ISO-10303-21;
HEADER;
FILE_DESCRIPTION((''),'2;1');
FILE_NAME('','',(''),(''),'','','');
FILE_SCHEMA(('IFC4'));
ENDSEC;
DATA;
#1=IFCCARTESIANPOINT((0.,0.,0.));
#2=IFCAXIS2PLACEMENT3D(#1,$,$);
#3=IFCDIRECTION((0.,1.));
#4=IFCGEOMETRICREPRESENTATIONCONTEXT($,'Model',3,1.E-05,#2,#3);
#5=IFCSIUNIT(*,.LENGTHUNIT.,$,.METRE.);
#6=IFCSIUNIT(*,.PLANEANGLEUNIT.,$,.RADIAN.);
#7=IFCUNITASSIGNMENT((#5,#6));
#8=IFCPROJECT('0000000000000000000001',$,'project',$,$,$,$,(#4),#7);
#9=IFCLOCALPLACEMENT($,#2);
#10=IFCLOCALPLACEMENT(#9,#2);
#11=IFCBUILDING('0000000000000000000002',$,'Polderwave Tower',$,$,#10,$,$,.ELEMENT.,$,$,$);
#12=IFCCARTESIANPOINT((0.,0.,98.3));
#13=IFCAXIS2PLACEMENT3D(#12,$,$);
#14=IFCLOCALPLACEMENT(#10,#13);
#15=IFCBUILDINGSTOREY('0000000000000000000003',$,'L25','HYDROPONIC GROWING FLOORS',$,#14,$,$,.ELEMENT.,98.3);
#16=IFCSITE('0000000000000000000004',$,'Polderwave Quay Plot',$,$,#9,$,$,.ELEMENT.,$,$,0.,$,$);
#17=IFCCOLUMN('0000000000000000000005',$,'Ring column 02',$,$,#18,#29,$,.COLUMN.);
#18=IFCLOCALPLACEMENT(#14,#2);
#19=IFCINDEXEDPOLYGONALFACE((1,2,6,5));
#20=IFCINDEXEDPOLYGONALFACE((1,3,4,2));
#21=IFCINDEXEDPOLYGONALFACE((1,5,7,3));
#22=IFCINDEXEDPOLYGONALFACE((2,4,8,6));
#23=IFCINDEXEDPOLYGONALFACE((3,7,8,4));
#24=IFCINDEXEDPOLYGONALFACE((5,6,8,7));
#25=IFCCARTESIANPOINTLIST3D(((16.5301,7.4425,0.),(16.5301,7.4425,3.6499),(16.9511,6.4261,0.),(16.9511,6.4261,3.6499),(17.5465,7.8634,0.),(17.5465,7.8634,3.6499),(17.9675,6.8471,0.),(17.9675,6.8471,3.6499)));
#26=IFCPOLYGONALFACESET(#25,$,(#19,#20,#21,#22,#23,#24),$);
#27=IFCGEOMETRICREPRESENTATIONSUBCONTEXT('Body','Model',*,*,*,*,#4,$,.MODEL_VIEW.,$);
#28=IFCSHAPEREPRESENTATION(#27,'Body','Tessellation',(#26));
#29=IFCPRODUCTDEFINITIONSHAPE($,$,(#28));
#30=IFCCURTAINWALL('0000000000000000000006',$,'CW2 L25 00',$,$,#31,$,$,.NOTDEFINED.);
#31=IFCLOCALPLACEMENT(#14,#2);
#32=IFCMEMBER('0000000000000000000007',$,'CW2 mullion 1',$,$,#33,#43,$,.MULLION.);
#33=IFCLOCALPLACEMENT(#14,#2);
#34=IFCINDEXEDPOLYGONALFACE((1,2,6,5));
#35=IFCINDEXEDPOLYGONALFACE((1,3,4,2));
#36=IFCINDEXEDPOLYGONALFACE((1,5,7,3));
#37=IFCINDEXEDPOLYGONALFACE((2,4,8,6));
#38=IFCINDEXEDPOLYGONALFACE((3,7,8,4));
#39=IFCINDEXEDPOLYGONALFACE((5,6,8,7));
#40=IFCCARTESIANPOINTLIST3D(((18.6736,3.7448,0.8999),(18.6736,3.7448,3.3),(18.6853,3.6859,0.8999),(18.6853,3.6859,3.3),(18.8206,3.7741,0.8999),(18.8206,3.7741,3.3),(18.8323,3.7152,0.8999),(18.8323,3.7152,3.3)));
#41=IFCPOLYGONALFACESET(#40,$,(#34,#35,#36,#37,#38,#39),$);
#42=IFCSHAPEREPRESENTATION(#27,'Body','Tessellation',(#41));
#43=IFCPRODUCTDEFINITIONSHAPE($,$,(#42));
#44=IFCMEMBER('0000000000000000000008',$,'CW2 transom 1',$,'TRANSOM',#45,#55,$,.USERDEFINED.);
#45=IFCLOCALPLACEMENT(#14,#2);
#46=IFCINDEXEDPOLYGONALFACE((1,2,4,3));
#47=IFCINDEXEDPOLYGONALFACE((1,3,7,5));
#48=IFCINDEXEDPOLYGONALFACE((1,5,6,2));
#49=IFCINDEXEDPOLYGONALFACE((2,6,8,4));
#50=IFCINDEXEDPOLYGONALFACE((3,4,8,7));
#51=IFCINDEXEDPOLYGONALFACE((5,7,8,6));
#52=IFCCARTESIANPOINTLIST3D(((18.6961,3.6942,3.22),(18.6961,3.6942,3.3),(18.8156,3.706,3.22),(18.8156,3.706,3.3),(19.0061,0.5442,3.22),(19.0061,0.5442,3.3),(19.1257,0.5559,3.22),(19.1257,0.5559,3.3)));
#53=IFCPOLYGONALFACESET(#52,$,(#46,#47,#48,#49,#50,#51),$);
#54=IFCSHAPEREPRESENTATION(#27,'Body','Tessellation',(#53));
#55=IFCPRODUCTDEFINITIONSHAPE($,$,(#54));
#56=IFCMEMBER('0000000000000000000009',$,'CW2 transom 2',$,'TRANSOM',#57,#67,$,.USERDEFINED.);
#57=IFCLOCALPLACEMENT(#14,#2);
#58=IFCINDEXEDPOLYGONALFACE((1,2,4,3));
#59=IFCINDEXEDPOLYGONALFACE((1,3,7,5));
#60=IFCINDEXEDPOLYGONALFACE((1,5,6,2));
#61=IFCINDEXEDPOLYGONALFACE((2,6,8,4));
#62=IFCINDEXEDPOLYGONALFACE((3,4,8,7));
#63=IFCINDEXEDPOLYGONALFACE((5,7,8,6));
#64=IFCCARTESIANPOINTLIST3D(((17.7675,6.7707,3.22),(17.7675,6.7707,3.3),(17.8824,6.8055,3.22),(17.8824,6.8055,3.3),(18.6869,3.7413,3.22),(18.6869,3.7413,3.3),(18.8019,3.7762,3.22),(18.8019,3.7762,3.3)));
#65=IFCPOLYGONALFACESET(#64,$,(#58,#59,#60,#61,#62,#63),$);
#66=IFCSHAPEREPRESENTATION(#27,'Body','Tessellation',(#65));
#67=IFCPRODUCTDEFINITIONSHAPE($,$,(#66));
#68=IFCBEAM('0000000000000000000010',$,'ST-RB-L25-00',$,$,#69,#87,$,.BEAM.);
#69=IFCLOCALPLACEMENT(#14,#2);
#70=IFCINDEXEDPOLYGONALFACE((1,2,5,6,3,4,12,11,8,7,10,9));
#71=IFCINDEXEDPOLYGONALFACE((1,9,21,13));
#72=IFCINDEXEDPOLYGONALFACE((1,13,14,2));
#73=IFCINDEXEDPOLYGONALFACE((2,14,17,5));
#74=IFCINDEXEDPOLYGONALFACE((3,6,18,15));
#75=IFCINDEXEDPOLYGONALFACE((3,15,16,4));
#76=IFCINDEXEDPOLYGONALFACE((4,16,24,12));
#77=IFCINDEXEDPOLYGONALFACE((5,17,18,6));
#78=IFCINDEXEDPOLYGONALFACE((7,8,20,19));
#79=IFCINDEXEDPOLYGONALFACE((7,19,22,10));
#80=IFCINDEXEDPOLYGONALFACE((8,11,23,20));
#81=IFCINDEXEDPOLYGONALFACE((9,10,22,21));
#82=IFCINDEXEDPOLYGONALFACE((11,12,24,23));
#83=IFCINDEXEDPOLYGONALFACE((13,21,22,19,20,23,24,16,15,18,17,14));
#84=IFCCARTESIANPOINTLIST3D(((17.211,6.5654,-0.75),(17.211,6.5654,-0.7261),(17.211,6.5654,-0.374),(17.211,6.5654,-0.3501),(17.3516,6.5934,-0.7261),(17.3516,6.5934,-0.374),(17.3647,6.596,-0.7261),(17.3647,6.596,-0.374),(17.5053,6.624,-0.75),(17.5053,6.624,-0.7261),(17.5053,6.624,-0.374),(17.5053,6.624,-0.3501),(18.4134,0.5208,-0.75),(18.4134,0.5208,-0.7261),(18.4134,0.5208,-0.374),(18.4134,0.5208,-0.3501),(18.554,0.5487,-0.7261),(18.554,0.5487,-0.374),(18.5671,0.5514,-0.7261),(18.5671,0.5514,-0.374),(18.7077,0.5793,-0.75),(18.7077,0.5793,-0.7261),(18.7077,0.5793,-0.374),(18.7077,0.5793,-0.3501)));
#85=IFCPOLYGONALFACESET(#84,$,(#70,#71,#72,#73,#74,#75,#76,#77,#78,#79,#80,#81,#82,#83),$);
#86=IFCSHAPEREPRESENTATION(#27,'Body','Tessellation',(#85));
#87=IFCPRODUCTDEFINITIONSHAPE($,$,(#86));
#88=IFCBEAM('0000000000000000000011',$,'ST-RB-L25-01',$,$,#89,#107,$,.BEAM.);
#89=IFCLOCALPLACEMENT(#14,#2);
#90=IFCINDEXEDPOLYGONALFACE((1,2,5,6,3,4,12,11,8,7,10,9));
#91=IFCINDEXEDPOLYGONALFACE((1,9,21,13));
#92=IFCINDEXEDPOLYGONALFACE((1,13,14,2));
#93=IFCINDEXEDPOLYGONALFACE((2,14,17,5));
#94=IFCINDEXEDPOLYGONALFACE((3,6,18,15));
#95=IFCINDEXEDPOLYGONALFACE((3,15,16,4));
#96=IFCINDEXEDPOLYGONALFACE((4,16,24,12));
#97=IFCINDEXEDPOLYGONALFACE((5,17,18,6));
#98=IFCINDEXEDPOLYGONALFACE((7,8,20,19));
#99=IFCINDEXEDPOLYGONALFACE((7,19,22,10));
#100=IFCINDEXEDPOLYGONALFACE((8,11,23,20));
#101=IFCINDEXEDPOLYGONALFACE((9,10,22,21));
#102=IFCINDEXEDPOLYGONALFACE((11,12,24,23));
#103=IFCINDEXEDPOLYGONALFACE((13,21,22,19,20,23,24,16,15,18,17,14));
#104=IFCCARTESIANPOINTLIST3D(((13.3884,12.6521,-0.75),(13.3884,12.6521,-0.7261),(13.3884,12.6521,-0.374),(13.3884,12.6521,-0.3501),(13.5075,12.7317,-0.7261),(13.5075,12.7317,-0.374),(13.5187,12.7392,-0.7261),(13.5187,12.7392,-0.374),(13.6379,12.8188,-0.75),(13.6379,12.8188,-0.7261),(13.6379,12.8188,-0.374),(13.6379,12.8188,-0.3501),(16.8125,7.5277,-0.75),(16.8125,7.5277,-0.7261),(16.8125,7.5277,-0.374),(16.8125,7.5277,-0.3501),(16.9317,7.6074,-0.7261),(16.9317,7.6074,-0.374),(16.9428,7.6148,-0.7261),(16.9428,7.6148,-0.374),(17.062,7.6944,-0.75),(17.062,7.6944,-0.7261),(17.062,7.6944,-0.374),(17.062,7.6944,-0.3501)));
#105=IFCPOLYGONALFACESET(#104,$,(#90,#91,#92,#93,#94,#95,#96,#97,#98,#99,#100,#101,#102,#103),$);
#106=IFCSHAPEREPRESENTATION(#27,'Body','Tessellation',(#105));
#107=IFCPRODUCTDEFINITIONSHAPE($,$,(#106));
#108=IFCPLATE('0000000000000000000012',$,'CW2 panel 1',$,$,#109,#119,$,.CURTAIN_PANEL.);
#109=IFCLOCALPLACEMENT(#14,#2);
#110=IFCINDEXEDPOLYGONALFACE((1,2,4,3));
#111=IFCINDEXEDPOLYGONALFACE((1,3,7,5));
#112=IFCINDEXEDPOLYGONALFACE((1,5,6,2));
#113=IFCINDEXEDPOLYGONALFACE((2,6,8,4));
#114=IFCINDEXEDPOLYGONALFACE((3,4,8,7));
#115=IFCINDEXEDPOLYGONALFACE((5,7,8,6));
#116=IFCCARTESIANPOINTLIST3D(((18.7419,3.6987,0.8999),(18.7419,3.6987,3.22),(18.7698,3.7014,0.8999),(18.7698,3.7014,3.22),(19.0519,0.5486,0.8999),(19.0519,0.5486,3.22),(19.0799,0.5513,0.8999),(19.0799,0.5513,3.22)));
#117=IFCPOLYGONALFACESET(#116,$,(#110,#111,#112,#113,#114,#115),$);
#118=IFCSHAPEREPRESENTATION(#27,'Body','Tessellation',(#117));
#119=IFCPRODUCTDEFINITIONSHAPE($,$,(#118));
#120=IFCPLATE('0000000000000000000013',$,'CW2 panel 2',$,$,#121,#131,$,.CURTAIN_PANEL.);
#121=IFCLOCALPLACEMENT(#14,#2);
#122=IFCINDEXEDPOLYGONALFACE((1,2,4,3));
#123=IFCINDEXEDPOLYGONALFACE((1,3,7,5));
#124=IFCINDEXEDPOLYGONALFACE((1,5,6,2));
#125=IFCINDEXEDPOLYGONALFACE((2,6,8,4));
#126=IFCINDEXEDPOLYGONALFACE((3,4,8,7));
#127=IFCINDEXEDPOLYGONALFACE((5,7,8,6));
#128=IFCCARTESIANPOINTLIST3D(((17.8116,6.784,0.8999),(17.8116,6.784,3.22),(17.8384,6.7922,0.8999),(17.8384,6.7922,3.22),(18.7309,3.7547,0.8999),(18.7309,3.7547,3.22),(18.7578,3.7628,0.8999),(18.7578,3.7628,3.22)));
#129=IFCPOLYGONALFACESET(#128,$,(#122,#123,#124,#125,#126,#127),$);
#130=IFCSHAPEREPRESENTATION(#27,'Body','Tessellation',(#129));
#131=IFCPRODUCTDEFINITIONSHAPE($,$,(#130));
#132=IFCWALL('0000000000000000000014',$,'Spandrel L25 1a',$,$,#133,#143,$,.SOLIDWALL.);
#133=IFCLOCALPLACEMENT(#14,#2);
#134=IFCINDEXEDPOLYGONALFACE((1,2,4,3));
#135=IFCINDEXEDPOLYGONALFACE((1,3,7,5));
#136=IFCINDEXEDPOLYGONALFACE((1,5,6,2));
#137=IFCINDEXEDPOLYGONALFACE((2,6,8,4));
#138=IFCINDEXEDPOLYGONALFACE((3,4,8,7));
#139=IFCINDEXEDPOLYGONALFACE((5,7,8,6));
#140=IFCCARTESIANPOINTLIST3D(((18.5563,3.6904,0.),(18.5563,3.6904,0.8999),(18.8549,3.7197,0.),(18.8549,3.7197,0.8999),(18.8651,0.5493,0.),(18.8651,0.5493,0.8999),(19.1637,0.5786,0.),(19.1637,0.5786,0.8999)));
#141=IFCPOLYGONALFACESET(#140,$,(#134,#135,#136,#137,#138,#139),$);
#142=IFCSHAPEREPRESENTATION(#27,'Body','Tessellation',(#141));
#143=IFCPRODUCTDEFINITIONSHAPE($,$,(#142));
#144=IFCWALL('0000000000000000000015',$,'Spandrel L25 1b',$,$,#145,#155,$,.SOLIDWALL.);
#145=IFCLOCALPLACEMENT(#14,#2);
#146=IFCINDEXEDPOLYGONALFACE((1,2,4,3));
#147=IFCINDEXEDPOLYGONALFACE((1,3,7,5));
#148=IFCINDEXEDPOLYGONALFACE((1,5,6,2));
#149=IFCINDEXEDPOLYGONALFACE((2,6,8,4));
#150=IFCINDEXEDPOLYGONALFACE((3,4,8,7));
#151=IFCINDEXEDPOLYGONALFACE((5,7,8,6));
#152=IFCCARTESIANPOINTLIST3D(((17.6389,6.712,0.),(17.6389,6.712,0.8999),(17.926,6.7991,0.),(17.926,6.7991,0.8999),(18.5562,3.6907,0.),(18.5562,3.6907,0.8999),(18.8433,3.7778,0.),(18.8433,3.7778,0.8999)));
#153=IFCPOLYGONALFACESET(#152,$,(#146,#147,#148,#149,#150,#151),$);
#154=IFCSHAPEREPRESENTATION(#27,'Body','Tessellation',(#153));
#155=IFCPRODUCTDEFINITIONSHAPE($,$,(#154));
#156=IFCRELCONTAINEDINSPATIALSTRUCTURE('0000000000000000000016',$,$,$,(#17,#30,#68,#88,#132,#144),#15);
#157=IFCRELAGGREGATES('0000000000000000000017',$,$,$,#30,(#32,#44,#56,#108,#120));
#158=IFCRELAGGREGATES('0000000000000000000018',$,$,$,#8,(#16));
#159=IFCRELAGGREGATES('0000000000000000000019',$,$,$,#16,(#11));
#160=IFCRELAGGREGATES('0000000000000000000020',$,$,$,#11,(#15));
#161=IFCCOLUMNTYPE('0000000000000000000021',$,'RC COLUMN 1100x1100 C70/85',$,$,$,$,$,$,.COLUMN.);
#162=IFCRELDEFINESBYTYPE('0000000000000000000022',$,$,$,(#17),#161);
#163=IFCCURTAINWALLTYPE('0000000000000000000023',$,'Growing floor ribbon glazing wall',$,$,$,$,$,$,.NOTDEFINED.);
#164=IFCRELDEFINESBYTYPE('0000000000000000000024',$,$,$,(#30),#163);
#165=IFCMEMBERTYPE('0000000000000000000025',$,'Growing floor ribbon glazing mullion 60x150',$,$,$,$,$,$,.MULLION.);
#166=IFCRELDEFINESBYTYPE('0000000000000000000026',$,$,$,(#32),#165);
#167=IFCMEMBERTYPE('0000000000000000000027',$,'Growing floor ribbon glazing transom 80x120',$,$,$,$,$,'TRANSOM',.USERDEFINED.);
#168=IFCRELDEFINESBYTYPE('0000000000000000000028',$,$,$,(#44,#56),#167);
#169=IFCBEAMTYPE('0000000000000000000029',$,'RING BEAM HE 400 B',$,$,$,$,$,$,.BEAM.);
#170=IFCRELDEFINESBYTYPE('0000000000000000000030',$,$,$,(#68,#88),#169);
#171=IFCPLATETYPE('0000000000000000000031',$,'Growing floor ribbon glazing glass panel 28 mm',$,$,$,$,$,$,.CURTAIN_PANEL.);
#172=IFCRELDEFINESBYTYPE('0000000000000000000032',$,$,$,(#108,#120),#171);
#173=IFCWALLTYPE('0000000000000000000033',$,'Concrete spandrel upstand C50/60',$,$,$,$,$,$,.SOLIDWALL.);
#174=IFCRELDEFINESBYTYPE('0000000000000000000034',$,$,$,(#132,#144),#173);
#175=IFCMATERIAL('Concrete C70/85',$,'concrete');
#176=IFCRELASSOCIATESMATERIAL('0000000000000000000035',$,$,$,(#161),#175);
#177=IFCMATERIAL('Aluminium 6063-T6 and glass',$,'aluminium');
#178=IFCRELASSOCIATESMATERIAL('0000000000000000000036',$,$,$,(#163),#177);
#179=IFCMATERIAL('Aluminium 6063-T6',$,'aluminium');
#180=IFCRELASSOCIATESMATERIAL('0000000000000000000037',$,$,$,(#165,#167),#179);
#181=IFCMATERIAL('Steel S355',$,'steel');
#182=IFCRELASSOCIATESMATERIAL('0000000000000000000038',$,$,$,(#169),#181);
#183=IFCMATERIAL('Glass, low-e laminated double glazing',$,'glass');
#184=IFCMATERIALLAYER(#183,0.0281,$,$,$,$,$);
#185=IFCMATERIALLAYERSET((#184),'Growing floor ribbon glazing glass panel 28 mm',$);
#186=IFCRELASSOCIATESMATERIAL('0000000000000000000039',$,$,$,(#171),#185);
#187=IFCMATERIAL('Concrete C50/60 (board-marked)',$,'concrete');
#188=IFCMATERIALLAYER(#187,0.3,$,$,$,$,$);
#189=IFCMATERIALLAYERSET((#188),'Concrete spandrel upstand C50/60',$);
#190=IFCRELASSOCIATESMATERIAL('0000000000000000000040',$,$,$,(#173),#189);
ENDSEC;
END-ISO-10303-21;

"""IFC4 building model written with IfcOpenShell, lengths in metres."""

from ifc_helpers import new_model, si_unit, direction, frame, frame_2d, origin, origin_2d, place, context, subcontext, project, spatial, rectangle, i_section, extrude, material, layer, layer_set, material_profile, profile_set, type_object, element, aggregate, save


model = new_model("IFC4")

# Units and contexts
model_context = context("Model", 3, precision=1e-05, world=origin(), true_north=direction((0.0, 1.0)))
body_context = subcontext(model_context, "Body", "Model", "MODEL_VIEW")
ifc_project = project(units=[si_unit("LENGTHUNIT", "METRE"), si_unit("PLANEANGLEUNIT", "RADIAN")], contexts=[model_context])

# Site, building, storey
site_placement = place(None, origin())
site = spatial("IfcSite", under=ifc_project, at=site_placement, Name="Polderwave Quay Plot", CompositionType="ELEMENT", RefElevation=0.0)
building_placement = place(site_placement, origin())
building = spatial("IfcBuilding", under=site, at=building_placement, Name="Polderwave Tower", CompositionType="ELEMENT")
storey_placement = place(building_placement, frame((0.0, 0.0, 98.3)))
storey = spatial("IfcBuildingStorey", under=building, at=storey_placement, Name="L25", Description="HYDROPONIC GROWING FLOORS", CompositionType="ELEMENT", Elevation=98.3)

# Column
ifc_material_1 = material(Name="Concrete C70/85", Category="concrete")
ifc_material_profile_1 = material_profile(ifc_material_1, rectangle(XDim=1.1001, YDim=1.1001, at=origin_2d()), Name="RC 1100x1100")
ifc_profile_set_1 = profile_set([ifc_material_profile_1], Name="Concrete C70/85")
column_type = type_object("IfcColumnType", Name="RC COLUMN 1100x1100 C70/85", PredefinedType="COLUMN", material=ifc_profile_set_1)
column_placement = place(storey_placement, frame((17.2488, 7.1448, 0.0), z_axis=(0.0, 0.0, 1.0), x_axis=(0.92388, 0.382683, 0.0)))
element("IfcColumn", 1, at=column_placement, inside=storey, type_object=column_type, Name="Ring column 02", PredefinedType="COLUMN", context=body_context, shape_type="SweptSolid", body=[
    extrude(rectangle(XDim=1.1001, YDim=1.1001, at=origin_2d()), origin(), (0.0, 0.0, 1.0), 3.6499),
])

# Curtain wall, members
ifc_material_2 = material(Name="Aluminium 6063-T6 and glass", Category="aluminium")
curtain_wall_type = type_object("IfcCurtainWallType", Name="Growing floor ribbon glazing wall", PredefinedType="NOTDEFINED", material=ifc_material_2)
curtain_wall_placement = place(storey_placement, origin())
curtain_wall = element("IfcCurtainWall", 2, at=curtain_wall_placement, inside=storey, type_object=curtain_wall_type, Name="CW2 L25 00", PredefinedType="NOTDEFINED")
ifc_material_3 = material(Name="Aluminium 6063-T6", Category="aluminium")
ifc_material_profile_2 = material_profile(ifc_material_3, rectangle(XDim=0.1499, YDim=0.0601, at=origin_2d()), Name="AL 60x150")
ifc_profile_set_2 = profile_set([ifc_material_profile_2], Name="Aluminium 6063-T6")
member_type_1 = type_object("IfcMemberType", Name="Growing floor ribbon glazing mullion 60x150", PredefinedType="MULLION", material=ifc_profile_set_2)
member_1_placement = place(storey_placement, frame((18.7529, 3.73, 0.8999), z_axis=(0.0, 0.0, 1.0), x_axis=(-0.980781, -0.195113, 0.0)))
member_1 = element("IfcMember", 3, at=member_1_placement, type_object=member_type_1, Name="CW2 mullion 1", PredefinedType="MULLION", context=body_context, shape_type="SweptSolid", body=[
    extrude(rectangle(XDim=0.1499, YDim=0.0601, at=origin_2d()), origin(), (0.0, 0.0, 1.0), 2.4001),
])
ifc_material_profile_3 = material_profile(ifc_material_3, rectangle(XDim=0.1201, YDim=0.0801, at=origin_2d()), Name="AL 80x120")
ifc_profile_set_3 = profile_set([ifc_material_profile_3], Name="Aluminium 6063-T6")
member_type_2 = type_object("IfcMemberType", Name="Growing floor ribbon glazing transom 80x120", ElementType="TRANSOM", PredefinedType="USERDEFINED", material=ifc_profile_set_3)
member_2_placement = place(storey_placement, frame((19.0659, 0.55, 3.26), z_axis=(-0.097953, 0.995191, 0.0), x_axis=(-0.995191, -0.097953, 0.0)))
member_2 = element("IfcMember", 4, at=member_2_placement, type_object=member_type_2, Name="CW2 transom 1", ObjectType="TRANSOM", PredefinedType="USERDEFINED", context=body_context, shape_type="SweptSolid", body=[
    extrude(rectangle(XDim=0.1201, YDim=0.0801, at=origin_2d()), origin(), (0.0, 0.0, 1.0), 3.1653),
])
member_3_placement = place(storey_placement, frame((18.7444, 3.7588, 3.26), z_axis=(-0.290431, 0.956896, 0.0), x_axis=(-0.956896, -0.290431, 0.0)))
member_3 = element("IfcMember", 5, at=member_3_placement, type_object=member_type_2, Name="CW2 transom 2", ObjectType="TRANSOM", PredefinedType="USERDEFINED", context=body_context, shape_type="SweptSolid", body=[
    extrude(rectangle(XDim=0.1201, YDim=0.0801, at=origin_2d()), origin(), (0.0, 0.0, 1.0), 3.1658),
])

# Beams
ifc_material_4 = material(Name="Steel S355", Category="steel")
ifc_material_profile_4 = material_profile(ifc_material_4, i_section(OverallWidth=0.3, OverallDepth=0.3999, WebThickness=0.0134, FlangeThickness=0.0239, at=origin_2d()), Name="HE 400 B")
ifc_profile_set_4 = profile_set([ifc_material_profile_4], Name="Steel S355")
beam_type = type_object("IfcBeamType", Name="RING BEAM HE 400 B", PredefinedType="BEAM", material=ifc_profile_set_4)
for number, where, z_axis, x_axis, name in (
    (6, (18.5605, 0.55, -0.55), (-0.195095, 0.980784, 0.0), (-0.980784, -0.195095, 0.0), "ST-RB-L25-00"),
    (7, (16.9373, 7.6111, -0.55), (-0.555587, 0.831459, 0.0), (-0.831459, -0.555587, 0.0), "ST-RB-L25-01"),
):
    element("IfcBeam", number, at=place(storey_placement, frame(where, z_axis=z_axis, x_axis=x_axis)), inside=storey, type_object=beam_type, Name=name, PredefinedType="BEAM", context=body_context, shape_type="SweptSolid", body=[
        extrude(i_section(OverallWidth=0.3, OverallDepth=0.3999, WebThickness=0.0134, FlangeThickness=0.0239, at=origin_2d()), origin(), (0.0, 0.0, 1.0), 6.1631),
    ])

# Plates
ifc_material_5 = material(Name="Glass, low-e laminated double glazing", Category="glass")
ifc_layer_1 = layer(ifc_material_5, 0.0281)
ifc_layer_set_1 = layer_set([ifc_layer_1], Name="Growing floor ribbon glazing glass panel 28 mm")
plate_type = type_object("IfcPlateType", Name="Growing floor ribbon glazing glass panel 28 mm", PredefinedType="CURTAIN_PANEL", material=ifc_layer_set_1)
plate_1_placement = place(storey_placement, frame((18.9109, 2.125, 0.8999), z_axis=(0.0, 0.0, 1.0), x_axis=(-0.097955, 0.995191, 0.0)))
plate_1 = element("IfcPlate", 8, at=plate_1_placement, type_object=plate_type, Name="CW2 panel 1", PredefinedType="CURTAIN_PANEL", context=body_context, shape_type="SweptSolid", body=[
    extrude(rectangle(XDim=3.1653, YDim=0.0281, at=origin_2d()), origin(), (0.0, 0.0, 1.0), 2.3201),
])
plate_2_placement = place(storey_placement, frame((18.2847, 5.2734, 0.8999), z_axis=(0.0, 0.0, 1.0), x_axis=(-0.29039, 0.956908, 0.0)))
plate_2 = element("IfcPlate", 9, at=plate_2_placement, type_object=plate_type, Name="CW2 panel 2", PredefinedType="CURTAIN_PANEL", context=body_context, shape_type="SweptSolid", body=[
    extrude(rectangle(XDim=3.1658, YDim=0.0281, at=origin_2d()), origin(), (0.0, 0.0, 1.0), 2.3201),
])
aggregate(curtain_wall, [member_1, member_2, member_3, plate_1, plate_2])

# Walls
ifc_material_6 = material(Name="Concrete C50/60 (board-marked)", Category="concrete")
ifc_layer_2 = layer(ifc_material_6, 0.3)
ifc_layer_set_2 = layer_set([ifc_layer_2], Name="Concrete spandrel upstand C50/60")
wall_type_1 = type_object("IfcWallType", Name="Concrete spandrel upstand C50/60", PredefinedType="SOLIDWALL", material=ifc_layer_set_2)
wall_1_placement = place(storey_placement, frame((19.0144, 0.564, 0.0), z_axis=(0.0, 0.0, 1.0), x_axis=(-0.097849, 0.995201, 0.0)))
element("IfcWall", 10, at=wall_1_placement, inside=storey, type_object=wall_type_1, Name="Spandrel L25 1a", PredefinedType="SOLIDWALL", context=body_context, shape_type="SweptSolid", body=[
    extrude(rectangle(XDim=3.1562, YDim=0.3, at=frame_2d((1.5781, 0.0))), origin(), (0.0, 0.0, 1.0), 0.8999),
])
wall_2_placement = place(storey_placement, frame((18.6997, 3.7344, 0.0), z_axis=(0.0, 0.0, 1.0), x_axis=(-0.290503, 0.956874, 0.0)))
element("IfcWall", 11, at=wall_2_placement, inside=storey, type_object=wall_type_1, Name="Spandrel L25 1b", PredefinedType="SOLIDWALL", context=body_context, shape_type="SweptSolid", body=[
    extrude(rectangle(XDim=3.1575, YDim=0.3, at=frame_2d((1.5786, 0.0))), origin(), (0.0, 0.0, 1.0), 0.8999),
])

save(model, "model.ifc")
